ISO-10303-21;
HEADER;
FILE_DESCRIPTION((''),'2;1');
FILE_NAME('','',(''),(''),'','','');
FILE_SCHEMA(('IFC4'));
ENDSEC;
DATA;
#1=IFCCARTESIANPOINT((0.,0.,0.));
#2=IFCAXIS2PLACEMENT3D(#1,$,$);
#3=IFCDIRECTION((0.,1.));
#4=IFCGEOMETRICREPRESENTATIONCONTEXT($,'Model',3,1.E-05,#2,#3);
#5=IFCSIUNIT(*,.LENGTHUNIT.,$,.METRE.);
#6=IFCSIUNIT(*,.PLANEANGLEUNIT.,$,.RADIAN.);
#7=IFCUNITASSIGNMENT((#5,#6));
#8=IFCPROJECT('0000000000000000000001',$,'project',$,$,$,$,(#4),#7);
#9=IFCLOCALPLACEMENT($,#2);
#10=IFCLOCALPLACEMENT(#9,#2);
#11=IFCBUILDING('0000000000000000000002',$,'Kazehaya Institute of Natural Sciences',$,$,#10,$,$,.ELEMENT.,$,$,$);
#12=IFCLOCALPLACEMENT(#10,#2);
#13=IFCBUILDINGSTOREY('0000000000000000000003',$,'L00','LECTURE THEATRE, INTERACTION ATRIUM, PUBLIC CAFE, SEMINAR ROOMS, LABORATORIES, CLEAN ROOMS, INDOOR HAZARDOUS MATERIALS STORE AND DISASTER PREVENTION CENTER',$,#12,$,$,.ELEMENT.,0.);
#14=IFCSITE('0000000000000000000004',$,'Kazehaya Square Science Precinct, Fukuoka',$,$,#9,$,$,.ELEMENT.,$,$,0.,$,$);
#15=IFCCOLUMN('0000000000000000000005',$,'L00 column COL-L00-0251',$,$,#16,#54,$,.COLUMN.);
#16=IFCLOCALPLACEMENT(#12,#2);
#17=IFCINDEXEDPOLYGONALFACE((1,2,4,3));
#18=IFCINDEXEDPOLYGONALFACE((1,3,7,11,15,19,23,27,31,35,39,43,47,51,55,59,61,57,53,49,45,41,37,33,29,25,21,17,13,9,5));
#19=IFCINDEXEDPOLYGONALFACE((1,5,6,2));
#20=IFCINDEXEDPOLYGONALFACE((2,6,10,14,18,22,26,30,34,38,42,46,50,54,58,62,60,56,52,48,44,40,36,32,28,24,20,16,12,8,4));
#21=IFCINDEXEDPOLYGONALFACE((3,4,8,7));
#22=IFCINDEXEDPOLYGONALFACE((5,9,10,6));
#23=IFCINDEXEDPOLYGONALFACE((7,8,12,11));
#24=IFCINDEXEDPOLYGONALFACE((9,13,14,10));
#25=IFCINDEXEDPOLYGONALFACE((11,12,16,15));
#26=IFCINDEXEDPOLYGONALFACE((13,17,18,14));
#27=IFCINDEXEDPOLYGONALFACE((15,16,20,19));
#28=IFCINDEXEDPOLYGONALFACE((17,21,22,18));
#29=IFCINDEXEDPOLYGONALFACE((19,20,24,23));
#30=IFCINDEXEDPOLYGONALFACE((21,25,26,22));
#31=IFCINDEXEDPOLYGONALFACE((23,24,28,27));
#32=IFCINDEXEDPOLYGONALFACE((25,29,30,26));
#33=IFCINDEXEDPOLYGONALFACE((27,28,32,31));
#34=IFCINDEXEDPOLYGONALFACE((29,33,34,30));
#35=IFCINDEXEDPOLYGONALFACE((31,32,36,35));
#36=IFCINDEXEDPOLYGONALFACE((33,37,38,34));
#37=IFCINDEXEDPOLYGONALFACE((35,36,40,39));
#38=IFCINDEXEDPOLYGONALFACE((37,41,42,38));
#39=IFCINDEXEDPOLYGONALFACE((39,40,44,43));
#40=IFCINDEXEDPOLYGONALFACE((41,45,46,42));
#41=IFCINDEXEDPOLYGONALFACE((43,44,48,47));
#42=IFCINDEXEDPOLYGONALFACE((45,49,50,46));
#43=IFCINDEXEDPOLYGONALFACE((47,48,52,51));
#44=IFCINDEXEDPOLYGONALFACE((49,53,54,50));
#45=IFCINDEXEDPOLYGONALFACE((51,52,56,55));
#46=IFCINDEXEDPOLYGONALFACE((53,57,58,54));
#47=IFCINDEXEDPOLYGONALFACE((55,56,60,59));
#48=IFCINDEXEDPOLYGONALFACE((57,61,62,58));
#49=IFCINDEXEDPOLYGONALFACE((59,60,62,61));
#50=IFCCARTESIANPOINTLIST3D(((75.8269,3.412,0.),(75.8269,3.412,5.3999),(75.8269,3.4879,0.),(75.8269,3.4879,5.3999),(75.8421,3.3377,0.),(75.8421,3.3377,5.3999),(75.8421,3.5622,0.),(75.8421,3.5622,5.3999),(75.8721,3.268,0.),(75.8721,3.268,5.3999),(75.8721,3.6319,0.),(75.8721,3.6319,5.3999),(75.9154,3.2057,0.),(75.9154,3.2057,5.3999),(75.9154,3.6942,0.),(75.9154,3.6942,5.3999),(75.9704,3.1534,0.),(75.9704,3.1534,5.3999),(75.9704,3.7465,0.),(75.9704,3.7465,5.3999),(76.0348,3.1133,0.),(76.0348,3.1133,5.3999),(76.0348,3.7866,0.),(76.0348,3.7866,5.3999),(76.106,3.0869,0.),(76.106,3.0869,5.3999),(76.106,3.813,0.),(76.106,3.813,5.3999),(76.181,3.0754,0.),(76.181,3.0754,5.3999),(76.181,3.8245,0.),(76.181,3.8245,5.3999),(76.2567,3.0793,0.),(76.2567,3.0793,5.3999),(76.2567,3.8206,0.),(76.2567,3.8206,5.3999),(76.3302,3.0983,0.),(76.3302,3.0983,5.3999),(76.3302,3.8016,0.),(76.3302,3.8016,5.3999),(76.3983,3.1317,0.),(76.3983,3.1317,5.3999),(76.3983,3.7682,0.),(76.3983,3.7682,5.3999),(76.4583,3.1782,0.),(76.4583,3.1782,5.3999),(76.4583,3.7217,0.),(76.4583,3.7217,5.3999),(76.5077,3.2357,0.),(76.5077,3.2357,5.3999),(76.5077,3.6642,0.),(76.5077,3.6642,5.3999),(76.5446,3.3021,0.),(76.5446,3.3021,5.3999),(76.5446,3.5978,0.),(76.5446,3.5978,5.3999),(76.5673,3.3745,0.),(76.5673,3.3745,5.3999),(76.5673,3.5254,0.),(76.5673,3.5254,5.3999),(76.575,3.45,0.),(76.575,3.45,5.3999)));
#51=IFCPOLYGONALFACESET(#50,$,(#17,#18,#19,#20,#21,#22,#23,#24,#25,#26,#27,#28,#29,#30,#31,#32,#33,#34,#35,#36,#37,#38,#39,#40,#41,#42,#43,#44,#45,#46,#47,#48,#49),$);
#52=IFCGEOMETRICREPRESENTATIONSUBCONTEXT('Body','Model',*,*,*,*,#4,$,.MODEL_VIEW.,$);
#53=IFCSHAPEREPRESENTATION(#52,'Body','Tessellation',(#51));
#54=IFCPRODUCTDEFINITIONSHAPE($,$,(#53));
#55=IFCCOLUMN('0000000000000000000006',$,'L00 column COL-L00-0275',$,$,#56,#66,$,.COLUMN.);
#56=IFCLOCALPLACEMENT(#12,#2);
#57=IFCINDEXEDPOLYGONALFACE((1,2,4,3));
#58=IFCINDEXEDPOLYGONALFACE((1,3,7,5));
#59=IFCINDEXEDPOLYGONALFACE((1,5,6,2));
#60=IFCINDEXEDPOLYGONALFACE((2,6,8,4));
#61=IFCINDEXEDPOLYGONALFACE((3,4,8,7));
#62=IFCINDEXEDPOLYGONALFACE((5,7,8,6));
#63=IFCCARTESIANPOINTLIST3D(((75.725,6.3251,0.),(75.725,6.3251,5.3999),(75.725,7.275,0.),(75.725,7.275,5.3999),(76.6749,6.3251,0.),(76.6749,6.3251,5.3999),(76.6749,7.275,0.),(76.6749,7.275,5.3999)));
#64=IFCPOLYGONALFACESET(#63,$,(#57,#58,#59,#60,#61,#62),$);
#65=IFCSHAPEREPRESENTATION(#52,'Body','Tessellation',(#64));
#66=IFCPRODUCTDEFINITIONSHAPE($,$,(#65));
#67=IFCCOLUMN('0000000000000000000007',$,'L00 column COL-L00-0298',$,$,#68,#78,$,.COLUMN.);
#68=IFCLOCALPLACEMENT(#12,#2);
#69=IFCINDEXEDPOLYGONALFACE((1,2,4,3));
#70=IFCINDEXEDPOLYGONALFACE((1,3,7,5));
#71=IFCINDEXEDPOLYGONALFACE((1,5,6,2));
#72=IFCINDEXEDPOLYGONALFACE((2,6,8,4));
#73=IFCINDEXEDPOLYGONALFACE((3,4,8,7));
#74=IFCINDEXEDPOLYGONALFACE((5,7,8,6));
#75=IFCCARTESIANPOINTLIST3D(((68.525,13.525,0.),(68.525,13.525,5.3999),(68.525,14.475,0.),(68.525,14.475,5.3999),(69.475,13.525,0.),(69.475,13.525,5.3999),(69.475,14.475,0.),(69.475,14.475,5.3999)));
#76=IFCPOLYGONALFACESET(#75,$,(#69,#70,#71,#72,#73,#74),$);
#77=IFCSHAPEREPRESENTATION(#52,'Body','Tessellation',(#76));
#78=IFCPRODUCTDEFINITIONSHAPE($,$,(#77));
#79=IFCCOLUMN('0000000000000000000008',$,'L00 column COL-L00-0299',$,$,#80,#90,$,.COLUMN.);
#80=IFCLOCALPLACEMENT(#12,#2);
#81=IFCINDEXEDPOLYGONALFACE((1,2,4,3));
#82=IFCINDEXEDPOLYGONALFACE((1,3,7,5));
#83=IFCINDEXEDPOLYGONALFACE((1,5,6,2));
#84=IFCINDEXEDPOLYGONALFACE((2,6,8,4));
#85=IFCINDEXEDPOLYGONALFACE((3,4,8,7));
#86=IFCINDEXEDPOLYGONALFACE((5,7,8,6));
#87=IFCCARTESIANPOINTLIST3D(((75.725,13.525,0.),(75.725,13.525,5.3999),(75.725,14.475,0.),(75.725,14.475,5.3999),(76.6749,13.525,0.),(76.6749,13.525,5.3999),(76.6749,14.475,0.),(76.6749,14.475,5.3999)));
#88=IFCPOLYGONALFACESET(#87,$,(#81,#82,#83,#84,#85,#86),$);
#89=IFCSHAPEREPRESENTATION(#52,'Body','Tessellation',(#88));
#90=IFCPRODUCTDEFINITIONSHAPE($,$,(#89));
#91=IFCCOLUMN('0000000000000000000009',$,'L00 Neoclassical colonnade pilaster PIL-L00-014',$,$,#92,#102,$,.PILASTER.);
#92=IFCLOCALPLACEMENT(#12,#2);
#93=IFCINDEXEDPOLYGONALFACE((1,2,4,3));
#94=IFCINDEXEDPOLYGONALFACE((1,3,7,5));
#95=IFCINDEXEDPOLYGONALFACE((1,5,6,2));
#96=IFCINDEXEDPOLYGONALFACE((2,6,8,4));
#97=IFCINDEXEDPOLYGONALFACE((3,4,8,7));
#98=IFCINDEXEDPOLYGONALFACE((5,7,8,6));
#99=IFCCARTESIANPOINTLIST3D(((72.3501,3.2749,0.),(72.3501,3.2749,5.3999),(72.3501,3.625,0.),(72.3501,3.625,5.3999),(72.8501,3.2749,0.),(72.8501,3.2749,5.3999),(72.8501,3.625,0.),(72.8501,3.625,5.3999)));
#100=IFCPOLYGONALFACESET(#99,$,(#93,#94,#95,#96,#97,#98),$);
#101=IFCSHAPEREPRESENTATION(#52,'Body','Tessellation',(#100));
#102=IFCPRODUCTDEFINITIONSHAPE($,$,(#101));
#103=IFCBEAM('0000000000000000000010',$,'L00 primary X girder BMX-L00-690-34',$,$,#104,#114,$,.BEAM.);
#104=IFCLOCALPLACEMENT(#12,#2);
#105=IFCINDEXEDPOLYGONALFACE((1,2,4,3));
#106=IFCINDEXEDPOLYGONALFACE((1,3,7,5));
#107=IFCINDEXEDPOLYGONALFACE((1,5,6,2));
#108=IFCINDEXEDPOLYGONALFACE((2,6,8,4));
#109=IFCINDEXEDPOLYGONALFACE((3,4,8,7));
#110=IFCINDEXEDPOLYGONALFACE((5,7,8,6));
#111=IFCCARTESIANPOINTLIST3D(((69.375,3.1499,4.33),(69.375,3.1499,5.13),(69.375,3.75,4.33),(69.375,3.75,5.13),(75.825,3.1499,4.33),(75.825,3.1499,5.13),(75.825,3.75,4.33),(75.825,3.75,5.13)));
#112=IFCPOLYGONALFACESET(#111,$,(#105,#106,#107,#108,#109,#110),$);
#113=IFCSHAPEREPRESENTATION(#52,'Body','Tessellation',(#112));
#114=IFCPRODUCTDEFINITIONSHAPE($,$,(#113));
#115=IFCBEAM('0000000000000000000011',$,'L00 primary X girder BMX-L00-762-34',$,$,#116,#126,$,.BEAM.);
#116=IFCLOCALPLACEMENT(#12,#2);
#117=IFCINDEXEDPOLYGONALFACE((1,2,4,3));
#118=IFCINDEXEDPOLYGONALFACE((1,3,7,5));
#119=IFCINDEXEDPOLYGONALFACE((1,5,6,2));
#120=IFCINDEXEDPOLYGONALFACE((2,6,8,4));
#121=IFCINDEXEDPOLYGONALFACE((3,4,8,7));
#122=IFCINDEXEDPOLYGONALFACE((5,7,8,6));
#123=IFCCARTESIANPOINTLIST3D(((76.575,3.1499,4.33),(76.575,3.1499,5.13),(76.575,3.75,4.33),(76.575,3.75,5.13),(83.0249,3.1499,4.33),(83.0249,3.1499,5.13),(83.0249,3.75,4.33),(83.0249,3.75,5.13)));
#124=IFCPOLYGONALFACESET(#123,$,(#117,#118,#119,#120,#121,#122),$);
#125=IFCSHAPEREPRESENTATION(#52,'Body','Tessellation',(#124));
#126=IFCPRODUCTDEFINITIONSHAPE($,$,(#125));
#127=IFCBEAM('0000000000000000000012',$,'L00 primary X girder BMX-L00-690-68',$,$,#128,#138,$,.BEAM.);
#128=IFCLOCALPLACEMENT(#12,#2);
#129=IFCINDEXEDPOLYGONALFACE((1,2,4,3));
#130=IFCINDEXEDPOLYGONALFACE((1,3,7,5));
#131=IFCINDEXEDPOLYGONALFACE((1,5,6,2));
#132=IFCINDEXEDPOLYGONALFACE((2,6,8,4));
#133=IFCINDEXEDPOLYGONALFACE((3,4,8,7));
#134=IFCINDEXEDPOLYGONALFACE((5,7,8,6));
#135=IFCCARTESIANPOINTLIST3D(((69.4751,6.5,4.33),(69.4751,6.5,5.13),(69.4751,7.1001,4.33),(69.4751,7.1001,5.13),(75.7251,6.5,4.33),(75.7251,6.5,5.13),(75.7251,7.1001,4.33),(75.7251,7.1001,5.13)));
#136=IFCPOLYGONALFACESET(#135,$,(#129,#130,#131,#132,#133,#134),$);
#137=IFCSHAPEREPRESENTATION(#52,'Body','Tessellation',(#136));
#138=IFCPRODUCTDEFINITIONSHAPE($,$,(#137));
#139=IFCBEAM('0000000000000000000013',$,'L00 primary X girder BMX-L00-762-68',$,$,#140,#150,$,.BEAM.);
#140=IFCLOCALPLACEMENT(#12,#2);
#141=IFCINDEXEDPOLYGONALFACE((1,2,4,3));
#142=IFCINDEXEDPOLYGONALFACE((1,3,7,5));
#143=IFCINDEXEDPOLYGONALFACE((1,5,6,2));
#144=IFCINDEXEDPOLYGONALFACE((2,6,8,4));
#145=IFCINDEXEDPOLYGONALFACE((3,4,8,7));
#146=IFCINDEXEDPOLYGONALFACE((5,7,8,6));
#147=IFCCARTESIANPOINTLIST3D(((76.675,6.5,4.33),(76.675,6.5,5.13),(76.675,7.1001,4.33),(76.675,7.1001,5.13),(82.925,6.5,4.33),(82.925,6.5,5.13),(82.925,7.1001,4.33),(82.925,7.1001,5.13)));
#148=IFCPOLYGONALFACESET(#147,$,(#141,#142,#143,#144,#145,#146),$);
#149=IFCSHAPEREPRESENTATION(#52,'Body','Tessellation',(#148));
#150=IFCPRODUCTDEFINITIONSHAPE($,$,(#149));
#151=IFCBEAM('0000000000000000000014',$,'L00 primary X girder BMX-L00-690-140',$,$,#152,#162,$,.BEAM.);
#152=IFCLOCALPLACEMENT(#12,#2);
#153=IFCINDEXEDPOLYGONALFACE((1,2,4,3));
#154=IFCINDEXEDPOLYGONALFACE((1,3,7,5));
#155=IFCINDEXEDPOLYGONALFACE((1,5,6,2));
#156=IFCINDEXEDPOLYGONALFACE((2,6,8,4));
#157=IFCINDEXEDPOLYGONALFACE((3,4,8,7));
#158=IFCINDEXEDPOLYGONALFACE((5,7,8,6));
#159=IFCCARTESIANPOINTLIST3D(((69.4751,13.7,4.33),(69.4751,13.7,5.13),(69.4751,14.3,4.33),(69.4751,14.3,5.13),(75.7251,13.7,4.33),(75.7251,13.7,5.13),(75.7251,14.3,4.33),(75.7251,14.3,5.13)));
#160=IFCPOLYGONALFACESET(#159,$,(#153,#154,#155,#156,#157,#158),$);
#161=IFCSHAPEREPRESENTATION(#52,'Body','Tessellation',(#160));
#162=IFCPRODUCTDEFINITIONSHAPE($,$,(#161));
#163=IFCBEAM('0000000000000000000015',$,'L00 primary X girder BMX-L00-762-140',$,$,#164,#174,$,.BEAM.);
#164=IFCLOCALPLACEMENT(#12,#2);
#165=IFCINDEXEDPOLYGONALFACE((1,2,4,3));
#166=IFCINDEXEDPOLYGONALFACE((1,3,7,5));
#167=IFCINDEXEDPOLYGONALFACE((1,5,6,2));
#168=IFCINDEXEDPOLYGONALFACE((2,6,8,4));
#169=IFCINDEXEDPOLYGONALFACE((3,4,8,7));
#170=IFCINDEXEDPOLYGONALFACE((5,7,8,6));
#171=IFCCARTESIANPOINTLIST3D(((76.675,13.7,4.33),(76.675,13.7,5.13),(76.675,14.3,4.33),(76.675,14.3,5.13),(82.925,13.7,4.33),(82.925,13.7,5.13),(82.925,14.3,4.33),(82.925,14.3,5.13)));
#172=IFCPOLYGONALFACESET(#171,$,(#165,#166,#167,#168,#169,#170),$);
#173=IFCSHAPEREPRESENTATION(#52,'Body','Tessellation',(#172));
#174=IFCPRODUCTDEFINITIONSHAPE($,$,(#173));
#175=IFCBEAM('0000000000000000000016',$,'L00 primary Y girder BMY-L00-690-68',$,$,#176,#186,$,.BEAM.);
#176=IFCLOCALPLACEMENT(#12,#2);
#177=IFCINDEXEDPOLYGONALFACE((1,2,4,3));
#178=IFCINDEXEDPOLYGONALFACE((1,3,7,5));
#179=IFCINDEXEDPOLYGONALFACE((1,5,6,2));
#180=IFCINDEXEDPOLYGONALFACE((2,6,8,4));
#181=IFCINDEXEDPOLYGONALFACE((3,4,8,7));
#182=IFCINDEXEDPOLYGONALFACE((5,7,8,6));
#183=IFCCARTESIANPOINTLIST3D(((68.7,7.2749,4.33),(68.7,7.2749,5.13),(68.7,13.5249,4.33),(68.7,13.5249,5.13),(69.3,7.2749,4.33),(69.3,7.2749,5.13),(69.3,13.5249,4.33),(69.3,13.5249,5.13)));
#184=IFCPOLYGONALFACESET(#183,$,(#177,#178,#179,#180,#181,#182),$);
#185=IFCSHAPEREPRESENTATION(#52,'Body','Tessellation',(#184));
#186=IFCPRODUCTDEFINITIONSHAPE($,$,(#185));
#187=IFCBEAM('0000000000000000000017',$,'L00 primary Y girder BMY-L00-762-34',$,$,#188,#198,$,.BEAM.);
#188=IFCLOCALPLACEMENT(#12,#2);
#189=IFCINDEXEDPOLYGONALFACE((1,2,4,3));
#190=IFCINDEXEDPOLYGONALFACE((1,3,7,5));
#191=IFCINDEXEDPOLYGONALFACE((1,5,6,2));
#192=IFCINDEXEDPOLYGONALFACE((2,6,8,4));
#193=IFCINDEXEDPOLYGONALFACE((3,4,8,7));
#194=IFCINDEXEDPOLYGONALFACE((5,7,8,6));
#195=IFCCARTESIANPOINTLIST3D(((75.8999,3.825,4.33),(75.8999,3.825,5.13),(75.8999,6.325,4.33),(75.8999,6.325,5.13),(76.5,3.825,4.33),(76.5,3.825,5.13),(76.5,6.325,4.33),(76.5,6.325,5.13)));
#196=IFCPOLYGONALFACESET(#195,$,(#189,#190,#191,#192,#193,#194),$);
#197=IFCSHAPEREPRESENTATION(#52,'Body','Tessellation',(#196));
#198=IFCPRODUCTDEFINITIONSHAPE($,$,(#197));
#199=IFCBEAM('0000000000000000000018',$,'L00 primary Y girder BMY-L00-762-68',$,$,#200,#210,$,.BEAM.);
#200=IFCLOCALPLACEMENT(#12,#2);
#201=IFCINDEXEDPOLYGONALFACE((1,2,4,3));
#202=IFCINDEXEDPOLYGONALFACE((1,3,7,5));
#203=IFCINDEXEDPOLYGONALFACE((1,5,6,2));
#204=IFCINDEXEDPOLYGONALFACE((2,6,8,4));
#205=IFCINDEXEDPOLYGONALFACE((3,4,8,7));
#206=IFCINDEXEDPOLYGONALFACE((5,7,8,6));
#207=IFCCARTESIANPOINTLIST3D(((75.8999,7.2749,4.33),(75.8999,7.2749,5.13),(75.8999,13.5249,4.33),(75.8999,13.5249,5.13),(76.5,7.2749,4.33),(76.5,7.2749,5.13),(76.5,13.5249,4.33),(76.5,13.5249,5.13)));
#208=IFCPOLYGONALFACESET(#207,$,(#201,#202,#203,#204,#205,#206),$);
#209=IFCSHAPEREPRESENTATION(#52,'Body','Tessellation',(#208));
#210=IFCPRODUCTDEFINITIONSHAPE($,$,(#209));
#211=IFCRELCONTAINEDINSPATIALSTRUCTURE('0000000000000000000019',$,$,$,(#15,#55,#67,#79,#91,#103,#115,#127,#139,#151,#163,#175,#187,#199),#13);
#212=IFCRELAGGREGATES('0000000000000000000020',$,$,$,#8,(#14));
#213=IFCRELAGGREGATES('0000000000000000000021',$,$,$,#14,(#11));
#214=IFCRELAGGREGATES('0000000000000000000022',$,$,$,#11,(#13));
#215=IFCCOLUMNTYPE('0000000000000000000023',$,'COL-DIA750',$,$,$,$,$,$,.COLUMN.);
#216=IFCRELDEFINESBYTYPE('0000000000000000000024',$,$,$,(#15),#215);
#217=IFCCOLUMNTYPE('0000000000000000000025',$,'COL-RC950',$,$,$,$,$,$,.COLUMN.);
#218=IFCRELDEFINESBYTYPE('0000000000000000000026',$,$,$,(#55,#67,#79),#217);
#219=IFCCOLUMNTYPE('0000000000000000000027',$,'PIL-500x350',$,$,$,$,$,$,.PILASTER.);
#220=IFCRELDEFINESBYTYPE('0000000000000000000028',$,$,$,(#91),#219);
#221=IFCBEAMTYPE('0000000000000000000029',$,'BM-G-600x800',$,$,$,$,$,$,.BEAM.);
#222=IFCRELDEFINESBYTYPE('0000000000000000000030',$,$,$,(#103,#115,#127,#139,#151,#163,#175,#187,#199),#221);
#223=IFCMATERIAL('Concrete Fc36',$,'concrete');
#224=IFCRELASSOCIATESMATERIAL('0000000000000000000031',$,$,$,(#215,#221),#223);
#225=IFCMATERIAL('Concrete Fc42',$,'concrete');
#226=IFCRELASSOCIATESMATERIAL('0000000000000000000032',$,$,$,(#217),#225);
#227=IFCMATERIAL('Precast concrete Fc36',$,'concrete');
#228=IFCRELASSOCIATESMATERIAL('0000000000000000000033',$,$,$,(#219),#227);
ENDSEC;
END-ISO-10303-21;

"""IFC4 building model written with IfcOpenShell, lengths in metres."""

from ifc_helpers import new_model, si_unit, direction, frame, origin, origin_2d, place, context, subcontext, project, spatial, rectangle, circle, extrude, material, material_profile, profile_set, type_object, element, save


model = new_model("IFC4")

# Units and contexts
model_context = context("Model", 3, precision=1e-05, world=origin(), true_north=direction((0.0, 1.0)))
body_context = subcontext(model_context, "Body", "Model", "MODEL_VIEW")
ifc_project = project(units=[si_unit("LENGTHUNIT", "METRE"), si_unit("PLANEANGLEUNIT", "RADIAN")], contexts=[model_context])

# Site, building, storey
site_placement = place(None, origin())
site = spatial("IfcSite", under=ifc_project, at=site_placement, Name="Kazehaya Square Science Precinct, Fukuoka", CompositionType="ELEMENT", RefElevation=0.0)
building_placement = place(site_placement, origin())
building = spatial("IfcBuilding", under=site, at=building_placement, Name="Kazehaya Institute of Natural Sciences", CompositionType="ELEMENT")
storey_placement = place(building_placement, origin())
storey = spatial("IfcBuildingStorey", under=building, at=storey_placement, Name="L00", Description="LECTURE THEATRE, INTERACTION ATRIUM, PUBLIC CAFE, SEMINAR ROOMS, LABORATORIES, CLEAN ROOMS, INDOOR HAZARDOUS MATERIALS STORE AND DISASTER PREVENTION CENTER", CompositionType="ELEMENT", Elevation=0.0)

# Columns
ifc_material_1 = material(Name="Concrete Fc36", Category="concrete")
ifc_material_profile_1 = material_profile(ifc_material_1, circle(Radius=0.375, at=origin_2d()), Name="RC-DIA750")
ifc_profile_set_1 = profile_set([ifc_material_profile_1], Name="Concrete Fc36")
column_type_1 = type_object("IfcColumnType", Name="COL-DIA750", PredefinedType="COLUMN", material=ifc_profile_set_1)
column_1_placement = place(storey_placement, frame((76.2, 3.45, 0.0), z_axis=(0.0, 0.0, 1.0), x_axis=(1.0, 0.0, 0.0)))
element("IfcColumn", 1, at=column_1_placement, inside=storey, type_object=column_type_1, Name="L00 column COL-L00-0251", PredefinedType="COLUMN", context=body_context, shape_type="SweptSolid", body=[
    extrude(circle(Radius=0.375, at=origin_2d()), origin(), (0.0, 0.0, 1.0), 5.3999),
])
ifc_material_2 = material(Name="Concrete Fc42", Category="concrete")
ifc_material_profile_2 = material_profile(ifc_material_2, rectangle(XDim=0.95, YDim=0.95, at=origin_2d()), Name="RC-950x950")
ifc_profile_set_2 = profile_set([ifc_material_profile_2], Name="Concrete Fc42")
column_type_2 = type_object("IfcColumnType", Name="COL-RC950", PredefinedType="COLUMN", material=ifc_profile_set_2)
for number, where, z_axis, x_axis, name in (
    (2, (76.2, 6.8, 0.0), (0.0, 0.0, 1.0), (1.0, 0.0, 0.0), "L00 column COL-L00-0275"),
    (3, (69.0, 14.0, 0.0), (0.0, 0.0, 1.0), (1.0, 0.0, 0.0), "L00 column COL-L00-0298"),
    (4, (76.2, 14.0, 0.0), (0.0, 0.0, 1.0), (1.0, 0.0, 0.0), "L00 column COL-L00-0299"),
):
    element("IfcColumn", number, at=place(storey_placement, frame(where, z_axis=z_axis, x_axis=x_axis)), inside=storey, type_object=column_type_2, Name=name, PredefinedType="COLUMN", context=body_context, shape_type="SweptSolid", body=[
        extrude(rectangle(XDim=0.95, YDim=0.95, at=origin_2d()), origin(), (0.0, 0.0, 1.0), 5.3999),
    ])
ifc_material_3 = material(Name="Precast concrete Fc36", Category="concrete")
ifc_material_profile_3 = material_profile(ifc_material_3, rectangle(XDim=0.5, YDim=0.3501, at=origin_2d()), Name="RC-PIL-500x350")
ifc_profile_set_3 = profile_set([ifc_material_profile_3], Name="Precast concrete Fc36")
column_type_3 = type_object("IfcColumnType", Name="PIL-500x350", PredefinedType="PILASTER", material=ifc_profile_set_3)
column_2_placement = place(storey_placement, frame((72.6001, 3.45, 0.0), z_axis=(0.0, 0.0, 1.0), x_axis=(1.0, 0.0, 0.0)))
element("IfcColumn", 5, at=column_2_placement, inside=storey, type_object=column_type_3, Name="L00 Neoclassical colonnade pilaster PIL-L00-014", PredefinedType="PILASTER", context=body_context, shape_type="SweptSolid", body=[
    extrude(rectangle(XDim=0.5, YDim=0.3501, at=origin_2d()), origin(), (0.0, 0.0, 1.0), 5.3999),
])

# Beams
ifc_material_profile_4 = material_profile(ifc_material_1, rectangle(XDim=0.6001, YDim=0.8, at=origin_2d()), Name="RC-600x800")
ifc_profile_set_4 = profile_set([ifc_material_profile_4], Name="Concrete Fc36")
beam_type_1 = type_object("IfcBeamType", Name="BM-G-600x800", PredefinedType="BEAM", material=ifc_profile_set_4)
for number, where, z_axis, x_axis, name in (
    (6, (69.375, 3.45, 4.73), (1.0, 0.0, 0.0), (0.0, 1.0, 0.0), "L00 primary X girder BMX-L00-690-34"),
    (7, (76.575, 3.45, 4.73), (1.0, 0.0, 0.0), (0.0, 1.0, 0.0), "L00 primary X girder BMX-L00-762-34"),
):
    element("IfcBeam", number, at=place(storey_placement, frame(where, z_axis=z_axis, x_axis=x_axis)), inside=storey, type_object=beam_type_1, Name=name, PredefinedType="BEAM", context=body_context, shape_type="SweptSolid", body=[
        extrude(rectangle(XDim=0.6001, YDim=0.8, at=origin_2d()), origin(), (0.0, 0.0, 1.0), 6.45),
    ])
for number, where, z_axis, x_axis, name in (
    (8, (69.4751, 6.8, 4.73), (1.0, 0.0, 0.0), (0.0, 1.0, 0.0), "L00 primary X girder BMX-L00-690-68"),
    (9, (76.675, 6.8, 4.73), (1.0, 0.0, 0.0), (0.0, 1.0, 0.0), "L00 primary X girder BMX-L00-762-68"),
    (10, (69.4751, 14.0, 4.73), (1.0, 0.0, 0.0), (0.0, 1.0, 0.0), "L00 primary X girder BMX-L00-690-140"),
    (11, (76.675, 14.0, 4.73), (1.0, 0.0, 0.0), (0.0, 1.0, 0.0), "L00 primary X girder BMX-L00-762-140"),
    (12, (69.0, 7.2749, 4.73), (0.0, 1.0, 0.0), (-1.0, 0.0, 0.0), "L00 primary Y girder BMY-L00-690-68"),
):
    element("IfcBeam", number, at=place(storey_placement, frame(where, z_axis=z_axis, x_axis=x_axis)), inside=storey, type_object=beam_type_1, Name=name, PredefinedType="BEAM", context=body_context, shape_type="SweptSolid", body=[
        extrude(rectangle(XDim=0.6001, YDim=0.8, at=origin_2d()), origin(), (0.0, 0.0, 1.0), 6.25),
    ])
beam_1_placement = place(storey_placement, frame((76.2, 3.825, 4.73), z_axis=(0.0, 1.0, 0.0), x_axis=(-1.0, 0.0, 0.0)))
element("IfcBeam", 13, at=beam_1_placement, inside=storey, type_object=beam_type_1, Name="L00 primary Y girder BMY-L00-762-34", PredefinedType="BEAM", context=body_context, shape_type="SweptSolid", body=[
    extrude(rectangle(XDim=0.6001, YDim=0.8, at=origin_2d()), origin(), (0.0, 0.0, 1.0), 2.5),
])
beam_2_placement = place(storey_placement, frame((76.2, 7.2749, 4.73), z_axis=(0.0, 1.0, 0.0), x_axis=(-1.0, 0.0, 0.0)))
element("IfcBeam", 14, at=beam_2_placement, inside=storey, type_object=beam_type_1, Name="L00 primary Y girder BMY-L00-762-68", PredefinedType="BEAM", context=body_context, shape_type="SweptSolid", body=[
    extrude(rectangle(XDim=0.6001, YDim=0.8, at=origin_2d()), origin(), (0.0, 0.0, 1.0), 6.25),
])

save(model, "model.ifc")
